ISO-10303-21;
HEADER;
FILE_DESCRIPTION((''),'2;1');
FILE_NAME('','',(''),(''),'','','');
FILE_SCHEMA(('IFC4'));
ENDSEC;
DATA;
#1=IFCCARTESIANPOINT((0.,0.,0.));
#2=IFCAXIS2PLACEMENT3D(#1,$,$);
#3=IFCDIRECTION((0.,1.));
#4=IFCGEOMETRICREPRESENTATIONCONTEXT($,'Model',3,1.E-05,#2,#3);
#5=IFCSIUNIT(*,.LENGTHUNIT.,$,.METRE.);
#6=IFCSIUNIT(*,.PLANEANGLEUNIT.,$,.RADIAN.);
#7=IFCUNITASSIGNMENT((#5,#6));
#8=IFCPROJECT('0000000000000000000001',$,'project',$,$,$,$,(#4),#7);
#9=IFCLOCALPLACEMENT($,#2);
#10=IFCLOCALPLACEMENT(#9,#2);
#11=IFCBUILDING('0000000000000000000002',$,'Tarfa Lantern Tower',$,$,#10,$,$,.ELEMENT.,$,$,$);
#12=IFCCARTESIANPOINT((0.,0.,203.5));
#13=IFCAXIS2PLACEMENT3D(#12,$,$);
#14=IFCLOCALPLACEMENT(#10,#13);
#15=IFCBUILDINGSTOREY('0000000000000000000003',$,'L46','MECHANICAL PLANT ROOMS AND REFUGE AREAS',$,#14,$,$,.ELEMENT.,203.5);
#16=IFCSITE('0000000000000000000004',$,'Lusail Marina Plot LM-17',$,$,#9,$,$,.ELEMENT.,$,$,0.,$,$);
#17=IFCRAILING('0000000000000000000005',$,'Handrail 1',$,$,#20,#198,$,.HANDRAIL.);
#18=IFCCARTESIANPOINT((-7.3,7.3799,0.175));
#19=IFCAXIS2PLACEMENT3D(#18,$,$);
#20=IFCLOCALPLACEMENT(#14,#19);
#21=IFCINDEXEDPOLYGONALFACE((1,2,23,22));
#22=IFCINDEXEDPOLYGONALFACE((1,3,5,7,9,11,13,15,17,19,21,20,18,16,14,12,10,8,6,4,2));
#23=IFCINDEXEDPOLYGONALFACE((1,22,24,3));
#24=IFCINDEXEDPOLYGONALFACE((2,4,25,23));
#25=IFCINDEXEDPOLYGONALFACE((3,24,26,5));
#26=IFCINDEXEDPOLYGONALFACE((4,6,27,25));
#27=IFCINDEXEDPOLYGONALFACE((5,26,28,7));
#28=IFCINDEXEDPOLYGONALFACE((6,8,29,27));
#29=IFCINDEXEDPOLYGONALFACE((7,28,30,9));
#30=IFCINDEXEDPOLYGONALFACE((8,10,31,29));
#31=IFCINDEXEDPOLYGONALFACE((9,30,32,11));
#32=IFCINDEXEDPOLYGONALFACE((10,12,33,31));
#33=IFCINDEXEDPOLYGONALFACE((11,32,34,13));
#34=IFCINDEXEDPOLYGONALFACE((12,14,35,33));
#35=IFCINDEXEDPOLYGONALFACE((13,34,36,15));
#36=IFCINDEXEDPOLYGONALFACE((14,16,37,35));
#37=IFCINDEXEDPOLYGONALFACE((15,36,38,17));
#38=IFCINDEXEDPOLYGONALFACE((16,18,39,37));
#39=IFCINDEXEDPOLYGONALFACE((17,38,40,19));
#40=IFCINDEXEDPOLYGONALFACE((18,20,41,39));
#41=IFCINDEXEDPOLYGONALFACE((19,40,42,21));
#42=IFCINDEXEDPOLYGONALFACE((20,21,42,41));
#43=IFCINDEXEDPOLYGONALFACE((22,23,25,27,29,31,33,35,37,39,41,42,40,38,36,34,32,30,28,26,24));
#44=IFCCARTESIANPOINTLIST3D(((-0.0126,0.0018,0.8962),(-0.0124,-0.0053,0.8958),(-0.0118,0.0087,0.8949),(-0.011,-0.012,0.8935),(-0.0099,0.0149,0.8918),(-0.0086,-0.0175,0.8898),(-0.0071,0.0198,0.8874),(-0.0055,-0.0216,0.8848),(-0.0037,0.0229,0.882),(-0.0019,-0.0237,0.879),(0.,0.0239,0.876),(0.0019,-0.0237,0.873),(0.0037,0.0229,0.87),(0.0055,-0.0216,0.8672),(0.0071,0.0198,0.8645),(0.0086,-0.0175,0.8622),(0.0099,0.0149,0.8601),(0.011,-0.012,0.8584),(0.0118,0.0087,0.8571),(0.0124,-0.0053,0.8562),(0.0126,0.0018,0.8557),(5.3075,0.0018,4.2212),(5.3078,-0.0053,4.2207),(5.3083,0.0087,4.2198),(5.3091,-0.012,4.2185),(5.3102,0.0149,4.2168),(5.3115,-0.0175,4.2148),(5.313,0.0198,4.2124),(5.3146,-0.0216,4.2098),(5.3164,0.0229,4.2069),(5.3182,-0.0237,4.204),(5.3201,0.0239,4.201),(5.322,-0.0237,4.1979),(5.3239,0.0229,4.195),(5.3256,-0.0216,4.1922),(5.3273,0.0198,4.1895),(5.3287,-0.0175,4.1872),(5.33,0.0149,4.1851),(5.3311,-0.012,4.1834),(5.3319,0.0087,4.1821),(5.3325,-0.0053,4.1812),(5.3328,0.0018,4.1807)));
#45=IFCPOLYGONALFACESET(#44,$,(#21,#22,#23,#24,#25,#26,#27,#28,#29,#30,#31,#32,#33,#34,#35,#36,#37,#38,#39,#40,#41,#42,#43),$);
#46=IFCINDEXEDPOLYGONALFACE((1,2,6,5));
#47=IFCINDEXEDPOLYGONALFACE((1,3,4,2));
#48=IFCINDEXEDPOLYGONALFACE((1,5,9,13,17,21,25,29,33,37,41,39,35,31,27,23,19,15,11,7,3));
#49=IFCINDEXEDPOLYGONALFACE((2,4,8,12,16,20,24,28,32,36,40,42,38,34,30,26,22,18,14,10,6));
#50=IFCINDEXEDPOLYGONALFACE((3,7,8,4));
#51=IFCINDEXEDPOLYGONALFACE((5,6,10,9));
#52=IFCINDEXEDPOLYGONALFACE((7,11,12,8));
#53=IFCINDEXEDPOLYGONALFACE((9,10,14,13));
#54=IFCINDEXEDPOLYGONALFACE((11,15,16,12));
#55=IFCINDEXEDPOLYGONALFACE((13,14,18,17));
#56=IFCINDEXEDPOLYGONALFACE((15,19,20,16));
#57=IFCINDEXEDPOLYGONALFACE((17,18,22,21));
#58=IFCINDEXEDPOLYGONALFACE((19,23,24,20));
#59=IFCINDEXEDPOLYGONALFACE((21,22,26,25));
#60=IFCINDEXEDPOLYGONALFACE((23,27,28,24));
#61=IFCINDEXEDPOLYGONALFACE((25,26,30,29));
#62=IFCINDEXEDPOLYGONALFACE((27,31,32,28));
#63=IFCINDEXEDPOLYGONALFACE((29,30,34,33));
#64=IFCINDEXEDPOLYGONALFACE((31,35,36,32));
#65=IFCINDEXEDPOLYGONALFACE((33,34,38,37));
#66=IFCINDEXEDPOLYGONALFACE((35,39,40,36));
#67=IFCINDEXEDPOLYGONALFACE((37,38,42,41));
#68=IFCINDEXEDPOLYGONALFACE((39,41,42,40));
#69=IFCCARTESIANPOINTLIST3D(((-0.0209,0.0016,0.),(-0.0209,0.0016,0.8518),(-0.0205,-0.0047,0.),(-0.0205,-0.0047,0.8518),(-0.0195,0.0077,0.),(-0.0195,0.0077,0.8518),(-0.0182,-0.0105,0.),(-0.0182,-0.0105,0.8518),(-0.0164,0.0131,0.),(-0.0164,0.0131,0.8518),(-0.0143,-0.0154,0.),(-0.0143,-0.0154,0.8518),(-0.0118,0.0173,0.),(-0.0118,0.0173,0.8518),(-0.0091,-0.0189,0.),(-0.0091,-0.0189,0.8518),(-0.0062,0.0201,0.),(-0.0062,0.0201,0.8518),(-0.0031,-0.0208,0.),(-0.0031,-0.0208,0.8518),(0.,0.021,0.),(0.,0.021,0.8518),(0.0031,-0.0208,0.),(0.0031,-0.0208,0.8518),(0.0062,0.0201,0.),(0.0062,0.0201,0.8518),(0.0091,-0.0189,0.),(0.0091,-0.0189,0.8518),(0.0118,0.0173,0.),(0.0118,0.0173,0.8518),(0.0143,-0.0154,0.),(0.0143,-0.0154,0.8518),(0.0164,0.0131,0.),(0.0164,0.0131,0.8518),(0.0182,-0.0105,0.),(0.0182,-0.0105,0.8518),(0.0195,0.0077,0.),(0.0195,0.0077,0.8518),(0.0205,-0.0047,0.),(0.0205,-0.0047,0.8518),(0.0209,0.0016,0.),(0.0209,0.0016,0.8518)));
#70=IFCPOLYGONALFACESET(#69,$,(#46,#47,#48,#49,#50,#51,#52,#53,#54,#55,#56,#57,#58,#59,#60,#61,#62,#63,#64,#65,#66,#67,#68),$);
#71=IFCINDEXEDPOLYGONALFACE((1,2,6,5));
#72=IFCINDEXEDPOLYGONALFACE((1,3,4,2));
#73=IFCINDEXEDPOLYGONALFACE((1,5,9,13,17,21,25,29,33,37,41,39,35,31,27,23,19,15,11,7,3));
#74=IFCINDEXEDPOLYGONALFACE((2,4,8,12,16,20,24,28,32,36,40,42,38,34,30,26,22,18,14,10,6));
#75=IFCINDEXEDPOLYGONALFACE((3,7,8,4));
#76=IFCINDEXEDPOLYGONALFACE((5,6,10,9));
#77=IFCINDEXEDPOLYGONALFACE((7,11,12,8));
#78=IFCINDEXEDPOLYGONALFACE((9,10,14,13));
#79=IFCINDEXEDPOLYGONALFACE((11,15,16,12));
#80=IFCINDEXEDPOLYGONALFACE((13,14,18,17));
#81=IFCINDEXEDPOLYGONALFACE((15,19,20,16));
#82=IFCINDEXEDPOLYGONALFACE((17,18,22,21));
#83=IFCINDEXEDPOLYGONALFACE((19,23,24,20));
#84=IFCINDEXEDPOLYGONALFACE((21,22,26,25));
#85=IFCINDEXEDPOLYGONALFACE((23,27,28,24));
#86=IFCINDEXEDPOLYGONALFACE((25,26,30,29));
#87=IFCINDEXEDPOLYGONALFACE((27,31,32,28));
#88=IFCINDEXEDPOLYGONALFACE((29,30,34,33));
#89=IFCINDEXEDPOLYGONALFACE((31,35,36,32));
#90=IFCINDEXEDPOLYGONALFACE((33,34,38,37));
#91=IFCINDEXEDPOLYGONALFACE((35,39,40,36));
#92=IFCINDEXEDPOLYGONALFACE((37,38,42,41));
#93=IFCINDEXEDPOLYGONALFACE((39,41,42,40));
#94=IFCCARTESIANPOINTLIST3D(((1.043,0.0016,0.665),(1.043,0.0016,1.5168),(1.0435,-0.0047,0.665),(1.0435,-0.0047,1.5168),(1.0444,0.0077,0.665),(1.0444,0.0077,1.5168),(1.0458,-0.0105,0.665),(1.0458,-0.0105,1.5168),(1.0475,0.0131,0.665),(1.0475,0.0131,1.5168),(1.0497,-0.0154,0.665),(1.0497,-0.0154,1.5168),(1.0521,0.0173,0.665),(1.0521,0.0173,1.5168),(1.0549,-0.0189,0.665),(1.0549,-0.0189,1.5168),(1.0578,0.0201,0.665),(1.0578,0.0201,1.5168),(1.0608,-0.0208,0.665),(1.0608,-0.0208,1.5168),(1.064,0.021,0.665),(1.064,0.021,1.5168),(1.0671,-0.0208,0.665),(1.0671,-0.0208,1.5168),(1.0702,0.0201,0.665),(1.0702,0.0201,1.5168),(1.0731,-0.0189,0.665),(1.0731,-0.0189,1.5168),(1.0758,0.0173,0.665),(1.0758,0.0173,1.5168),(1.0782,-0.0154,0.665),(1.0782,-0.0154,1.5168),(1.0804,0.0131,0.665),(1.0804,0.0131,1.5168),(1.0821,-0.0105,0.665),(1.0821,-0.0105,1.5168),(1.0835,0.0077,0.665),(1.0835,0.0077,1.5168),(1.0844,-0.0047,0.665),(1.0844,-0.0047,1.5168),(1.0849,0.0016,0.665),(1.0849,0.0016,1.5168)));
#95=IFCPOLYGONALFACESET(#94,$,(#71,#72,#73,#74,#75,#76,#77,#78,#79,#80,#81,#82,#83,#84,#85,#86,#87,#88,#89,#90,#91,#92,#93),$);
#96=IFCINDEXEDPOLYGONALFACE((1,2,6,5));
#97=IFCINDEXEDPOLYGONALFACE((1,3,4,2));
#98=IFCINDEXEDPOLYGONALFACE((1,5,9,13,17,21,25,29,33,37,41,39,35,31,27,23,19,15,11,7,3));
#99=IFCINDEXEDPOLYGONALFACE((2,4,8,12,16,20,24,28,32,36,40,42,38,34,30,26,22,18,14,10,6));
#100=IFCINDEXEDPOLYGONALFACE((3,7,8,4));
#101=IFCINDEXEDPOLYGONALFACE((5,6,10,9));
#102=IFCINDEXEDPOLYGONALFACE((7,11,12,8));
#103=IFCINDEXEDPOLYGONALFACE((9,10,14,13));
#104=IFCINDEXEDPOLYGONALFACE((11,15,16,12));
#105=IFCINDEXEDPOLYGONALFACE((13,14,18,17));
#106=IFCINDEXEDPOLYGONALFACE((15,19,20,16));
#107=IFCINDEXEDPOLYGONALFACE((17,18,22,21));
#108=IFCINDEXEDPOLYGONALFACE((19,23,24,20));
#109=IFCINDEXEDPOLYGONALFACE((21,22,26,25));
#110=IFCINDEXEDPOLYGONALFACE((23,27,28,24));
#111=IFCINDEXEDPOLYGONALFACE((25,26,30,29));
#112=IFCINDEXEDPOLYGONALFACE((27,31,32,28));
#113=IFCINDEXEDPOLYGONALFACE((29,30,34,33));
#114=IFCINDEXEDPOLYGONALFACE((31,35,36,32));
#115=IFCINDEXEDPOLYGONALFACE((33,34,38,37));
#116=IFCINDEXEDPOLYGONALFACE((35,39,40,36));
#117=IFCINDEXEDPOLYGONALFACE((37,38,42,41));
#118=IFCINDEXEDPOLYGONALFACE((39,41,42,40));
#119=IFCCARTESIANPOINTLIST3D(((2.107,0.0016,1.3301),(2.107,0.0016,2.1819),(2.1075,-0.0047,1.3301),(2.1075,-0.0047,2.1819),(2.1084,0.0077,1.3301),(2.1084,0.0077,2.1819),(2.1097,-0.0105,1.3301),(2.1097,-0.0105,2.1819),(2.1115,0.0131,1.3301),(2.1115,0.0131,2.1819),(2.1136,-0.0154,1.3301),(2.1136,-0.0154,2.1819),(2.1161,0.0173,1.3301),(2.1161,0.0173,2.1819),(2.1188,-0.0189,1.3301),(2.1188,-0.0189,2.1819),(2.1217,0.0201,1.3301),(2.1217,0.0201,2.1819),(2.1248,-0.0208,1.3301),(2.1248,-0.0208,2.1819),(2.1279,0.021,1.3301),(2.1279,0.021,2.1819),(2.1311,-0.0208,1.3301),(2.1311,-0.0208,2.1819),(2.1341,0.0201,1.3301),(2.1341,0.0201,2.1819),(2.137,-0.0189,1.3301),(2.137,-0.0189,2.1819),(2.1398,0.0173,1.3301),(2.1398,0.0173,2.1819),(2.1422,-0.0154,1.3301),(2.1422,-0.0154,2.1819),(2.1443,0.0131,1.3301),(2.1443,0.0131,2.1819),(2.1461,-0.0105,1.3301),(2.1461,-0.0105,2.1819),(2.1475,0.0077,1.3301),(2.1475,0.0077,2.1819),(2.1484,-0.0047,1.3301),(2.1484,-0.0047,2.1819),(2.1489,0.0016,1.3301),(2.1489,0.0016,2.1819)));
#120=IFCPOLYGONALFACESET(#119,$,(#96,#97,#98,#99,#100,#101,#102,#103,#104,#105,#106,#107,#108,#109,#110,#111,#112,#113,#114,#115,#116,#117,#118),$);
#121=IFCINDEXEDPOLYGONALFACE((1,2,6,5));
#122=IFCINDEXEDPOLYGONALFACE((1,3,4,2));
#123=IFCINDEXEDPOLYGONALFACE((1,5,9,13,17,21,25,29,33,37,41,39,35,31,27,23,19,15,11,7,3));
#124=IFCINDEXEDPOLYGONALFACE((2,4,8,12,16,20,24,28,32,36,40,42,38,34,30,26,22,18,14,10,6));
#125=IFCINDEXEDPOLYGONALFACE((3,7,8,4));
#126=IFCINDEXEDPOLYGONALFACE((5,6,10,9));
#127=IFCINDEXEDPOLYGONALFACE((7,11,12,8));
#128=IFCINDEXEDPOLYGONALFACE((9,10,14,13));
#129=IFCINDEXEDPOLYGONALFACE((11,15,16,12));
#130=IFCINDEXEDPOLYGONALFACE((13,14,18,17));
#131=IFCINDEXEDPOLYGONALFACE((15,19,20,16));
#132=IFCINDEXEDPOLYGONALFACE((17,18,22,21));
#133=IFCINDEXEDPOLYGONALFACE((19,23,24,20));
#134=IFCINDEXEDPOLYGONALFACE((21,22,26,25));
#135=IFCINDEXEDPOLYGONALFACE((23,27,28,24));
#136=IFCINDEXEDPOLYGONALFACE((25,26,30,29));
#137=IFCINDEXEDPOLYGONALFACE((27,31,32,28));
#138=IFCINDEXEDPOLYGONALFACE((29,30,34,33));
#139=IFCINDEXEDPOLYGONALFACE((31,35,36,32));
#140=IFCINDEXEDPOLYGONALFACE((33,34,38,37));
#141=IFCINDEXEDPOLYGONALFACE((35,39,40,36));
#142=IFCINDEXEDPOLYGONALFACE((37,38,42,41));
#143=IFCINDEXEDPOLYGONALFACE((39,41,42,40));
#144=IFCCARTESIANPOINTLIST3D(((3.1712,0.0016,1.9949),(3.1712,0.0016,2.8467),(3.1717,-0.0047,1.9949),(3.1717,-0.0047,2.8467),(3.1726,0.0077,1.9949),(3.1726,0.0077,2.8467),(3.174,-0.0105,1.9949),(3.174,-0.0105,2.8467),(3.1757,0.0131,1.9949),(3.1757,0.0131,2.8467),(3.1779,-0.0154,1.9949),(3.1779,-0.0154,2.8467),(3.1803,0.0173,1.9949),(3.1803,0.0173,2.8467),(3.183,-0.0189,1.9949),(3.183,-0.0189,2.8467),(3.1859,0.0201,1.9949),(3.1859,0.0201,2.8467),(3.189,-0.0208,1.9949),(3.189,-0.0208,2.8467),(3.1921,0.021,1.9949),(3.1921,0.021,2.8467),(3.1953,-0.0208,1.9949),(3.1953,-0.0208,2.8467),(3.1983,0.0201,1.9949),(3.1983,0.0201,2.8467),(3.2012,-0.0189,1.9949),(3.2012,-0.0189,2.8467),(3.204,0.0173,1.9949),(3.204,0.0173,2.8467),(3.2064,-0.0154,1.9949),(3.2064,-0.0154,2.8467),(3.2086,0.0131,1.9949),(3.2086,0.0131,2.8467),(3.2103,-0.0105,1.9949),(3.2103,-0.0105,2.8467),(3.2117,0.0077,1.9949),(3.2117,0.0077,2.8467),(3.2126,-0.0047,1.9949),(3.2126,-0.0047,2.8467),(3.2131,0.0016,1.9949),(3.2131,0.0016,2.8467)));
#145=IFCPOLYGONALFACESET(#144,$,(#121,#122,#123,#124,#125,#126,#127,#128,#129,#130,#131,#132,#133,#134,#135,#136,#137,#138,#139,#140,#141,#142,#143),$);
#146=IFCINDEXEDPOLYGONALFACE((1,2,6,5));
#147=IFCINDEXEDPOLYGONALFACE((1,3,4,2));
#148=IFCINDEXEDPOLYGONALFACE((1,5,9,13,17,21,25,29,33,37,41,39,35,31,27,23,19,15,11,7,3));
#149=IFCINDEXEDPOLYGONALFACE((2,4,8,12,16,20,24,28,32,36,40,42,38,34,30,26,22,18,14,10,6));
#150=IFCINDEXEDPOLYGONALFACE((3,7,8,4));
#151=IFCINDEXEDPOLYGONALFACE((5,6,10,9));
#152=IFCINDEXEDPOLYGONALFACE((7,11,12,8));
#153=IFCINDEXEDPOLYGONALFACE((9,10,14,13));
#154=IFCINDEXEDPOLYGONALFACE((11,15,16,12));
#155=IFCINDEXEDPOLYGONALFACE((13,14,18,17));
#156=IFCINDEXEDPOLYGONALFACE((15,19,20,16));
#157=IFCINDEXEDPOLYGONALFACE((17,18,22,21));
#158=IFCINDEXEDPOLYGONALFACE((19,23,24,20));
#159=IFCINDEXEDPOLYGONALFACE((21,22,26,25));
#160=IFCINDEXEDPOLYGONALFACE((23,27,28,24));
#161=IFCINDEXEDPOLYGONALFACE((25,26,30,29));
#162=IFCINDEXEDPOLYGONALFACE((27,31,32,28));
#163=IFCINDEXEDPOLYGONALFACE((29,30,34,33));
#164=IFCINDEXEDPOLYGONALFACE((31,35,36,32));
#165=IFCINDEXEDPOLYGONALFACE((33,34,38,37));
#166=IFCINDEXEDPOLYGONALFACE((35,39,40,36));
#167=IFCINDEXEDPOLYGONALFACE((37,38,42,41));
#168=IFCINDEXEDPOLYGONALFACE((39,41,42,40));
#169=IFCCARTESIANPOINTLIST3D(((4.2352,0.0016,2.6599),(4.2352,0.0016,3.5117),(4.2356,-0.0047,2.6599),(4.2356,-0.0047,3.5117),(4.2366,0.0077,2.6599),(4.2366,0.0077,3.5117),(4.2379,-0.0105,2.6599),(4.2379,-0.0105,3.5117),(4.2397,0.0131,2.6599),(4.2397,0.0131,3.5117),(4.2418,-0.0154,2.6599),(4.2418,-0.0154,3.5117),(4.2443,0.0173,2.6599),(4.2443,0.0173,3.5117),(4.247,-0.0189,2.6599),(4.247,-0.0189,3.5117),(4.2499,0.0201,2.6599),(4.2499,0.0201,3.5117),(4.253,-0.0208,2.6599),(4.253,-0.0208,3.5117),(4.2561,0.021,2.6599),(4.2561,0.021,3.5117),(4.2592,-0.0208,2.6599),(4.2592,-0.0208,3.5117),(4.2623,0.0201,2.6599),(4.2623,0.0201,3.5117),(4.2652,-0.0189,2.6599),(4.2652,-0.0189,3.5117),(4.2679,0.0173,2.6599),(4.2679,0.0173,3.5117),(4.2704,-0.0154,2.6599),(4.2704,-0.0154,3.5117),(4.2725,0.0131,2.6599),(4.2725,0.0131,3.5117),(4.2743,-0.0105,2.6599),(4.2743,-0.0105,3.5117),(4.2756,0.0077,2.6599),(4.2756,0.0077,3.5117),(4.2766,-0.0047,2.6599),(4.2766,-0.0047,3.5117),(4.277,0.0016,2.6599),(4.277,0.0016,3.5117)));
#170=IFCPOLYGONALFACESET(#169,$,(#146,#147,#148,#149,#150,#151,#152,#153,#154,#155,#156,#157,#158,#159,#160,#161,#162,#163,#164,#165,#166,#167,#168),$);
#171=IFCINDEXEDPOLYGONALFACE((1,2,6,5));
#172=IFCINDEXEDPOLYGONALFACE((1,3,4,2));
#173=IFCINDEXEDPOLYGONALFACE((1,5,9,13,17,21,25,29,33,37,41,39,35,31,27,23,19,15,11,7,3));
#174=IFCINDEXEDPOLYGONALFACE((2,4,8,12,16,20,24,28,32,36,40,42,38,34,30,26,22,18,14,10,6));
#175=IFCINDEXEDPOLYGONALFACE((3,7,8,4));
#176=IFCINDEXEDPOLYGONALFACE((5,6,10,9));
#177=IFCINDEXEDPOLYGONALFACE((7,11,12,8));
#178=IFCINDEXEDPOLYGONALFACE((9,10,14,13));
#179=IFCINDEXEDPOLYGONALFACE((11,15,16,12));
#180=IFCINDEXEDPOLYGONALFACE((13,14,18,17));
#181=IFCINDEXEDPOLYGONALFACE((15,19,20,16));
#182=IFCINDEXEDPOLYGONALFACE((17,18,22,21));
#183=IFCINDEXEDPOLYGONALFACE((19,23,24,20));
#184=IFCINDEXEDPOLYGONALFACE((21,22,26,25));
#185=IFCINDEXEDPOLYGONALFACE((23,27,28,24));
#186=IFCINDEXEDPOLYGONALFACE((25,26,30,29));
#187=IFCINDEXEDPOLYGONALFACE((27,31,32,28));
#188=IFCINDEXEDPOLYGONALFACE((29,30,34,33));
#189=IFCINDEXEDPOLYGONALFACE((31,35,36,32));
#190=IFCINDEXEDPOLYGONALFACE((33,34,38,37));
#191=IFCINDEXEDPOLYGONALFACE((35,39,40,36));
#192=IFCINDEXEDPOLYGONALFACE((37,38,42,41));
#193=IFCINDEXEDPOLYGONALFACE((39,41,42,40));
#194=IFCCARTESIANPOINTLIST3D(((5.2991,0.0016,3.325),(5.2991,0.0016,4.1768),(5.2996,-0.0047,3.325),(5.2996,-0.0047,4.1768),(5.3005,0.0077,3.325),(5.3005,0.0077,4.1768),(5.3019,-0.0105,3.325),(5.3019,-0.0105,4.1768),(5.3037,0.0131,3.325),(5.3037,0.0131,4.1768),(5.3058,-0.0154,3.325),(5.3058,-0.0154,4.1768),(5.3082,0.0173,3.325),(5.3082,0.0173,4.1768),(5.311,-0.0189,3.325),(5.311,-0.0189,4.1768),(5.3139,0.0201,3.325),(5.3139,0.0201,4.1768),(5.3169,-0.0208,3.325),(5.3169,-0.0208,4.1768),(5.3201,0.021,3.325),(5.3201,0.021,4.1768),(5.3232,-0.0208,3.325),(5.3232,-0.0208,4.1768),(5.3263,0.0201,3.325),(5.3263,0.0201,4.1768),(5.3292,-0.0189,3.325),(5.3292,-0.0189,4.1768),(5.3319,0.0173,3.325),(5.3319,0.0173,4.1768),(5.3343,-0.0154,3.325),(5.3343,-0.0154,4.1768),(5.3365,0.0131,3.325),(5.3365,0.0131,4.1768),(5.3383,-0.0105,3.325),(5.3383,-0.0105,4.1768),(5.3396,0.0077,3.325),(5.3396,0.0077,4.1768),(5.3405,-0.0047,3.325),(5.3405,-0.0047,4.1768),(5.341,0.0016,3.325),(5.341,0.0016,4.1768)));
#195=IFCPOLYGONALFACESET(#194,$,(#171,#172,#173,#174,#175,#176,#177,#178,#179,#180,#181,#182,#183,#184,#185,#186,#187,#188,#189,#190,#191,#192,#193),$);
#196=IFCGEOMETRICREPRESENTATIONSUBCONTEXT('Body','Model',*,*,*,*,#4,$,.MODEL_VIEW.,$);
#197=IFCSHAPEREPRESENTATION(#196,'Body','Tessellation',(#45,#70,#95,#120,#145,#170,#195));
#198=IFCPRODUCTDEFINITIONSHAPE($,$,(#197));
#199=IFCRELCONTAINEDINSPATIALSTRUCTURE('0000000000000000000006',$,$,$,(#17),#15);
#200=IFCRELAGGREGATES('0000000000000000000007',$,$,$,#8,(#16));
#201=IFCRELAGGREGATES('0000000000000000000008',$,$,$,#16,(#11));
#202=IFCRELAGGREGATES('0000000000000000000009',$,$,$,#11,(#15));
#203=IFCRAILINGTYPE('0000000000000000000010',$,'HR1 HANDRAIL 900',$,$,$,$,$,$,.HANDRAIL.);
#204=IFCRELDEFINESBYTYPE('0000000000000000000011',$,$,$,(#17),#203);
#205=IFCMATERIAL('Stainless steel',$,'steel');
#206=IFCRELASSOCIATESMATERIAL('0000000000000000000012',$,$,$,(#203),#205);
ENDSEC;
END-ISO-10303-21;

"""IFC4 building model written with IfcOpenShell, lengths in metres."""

from ifc_helpers import new_model, si_unit, direction, frame, origin, origin_2d, place, context, subcontext, project, spatial, circle, extrude, material, type_object, element, save


model = new_model("IFC4")

# Units and contexts
model_context = context("Model", 3, precision=1e-05, world=origin(), true_north=direction((0.0, 1.0)))
body_context = subcontext(model_context, "Body", "Model", "MODEL_VIEW")
ifc_project = project(units=[si_unit("LENGTHUNIT", "METRE"), si_unit("PLANEANGLEUNIT", "RADIAN")], contexts=[model_context])

# Site, building, storey
site_placement = place(None, origin())
site = spatial("IfcSite", under=ifc_project, at=site_placement, Name="Lusail Marina Plot LM-17", CompositionType="ELEMENT", RefElevation=0.0)
building_placement = place(site_placement, origin())
building = spatial("IfcBuilding", under=site, at=building_placement, Name="Tarfa Lantern Tower", CompositionType="ELEMENT")
storey_placement = place(building_placement, frame((0.0, 0.0, 203.5)))
storey = spatial("IfcBuildingStorey", under=building, at=storey_placement, Name="L46", Description="MECHANICAL PLANT ROOMS AND REFUGE AREAS", CompositionType="ELEMENT", Elevation=203.5)

# Railing
ifc_material_1 = material(Name="Stainless steel", Category="steel")
railing_type = type_object("IfcRailingType", Name="HR1 HANDRAIL 900", PredefinedType="HANDRAIL", material=ifc_material_1)
railing_1_placement = place(storey_placement, frame((-7.3, 7.3799, 0.175)))
element("IfcRailing", 1, at=railing_1_placement, inside=storey, type_object=railing_type, Name="Handrail 1", PredefinedType="HANDRAIL", context=body_context, shape_type="SweptSolid", body=[
    extrude(circle(Radius=0.0239, at=origin_2d()), frame((0.0, 0.0, 0.876), z_axis=(0.848005, 0.0, 0.529988), x_axis=(0.0, 1.0, 0.0)), (0.0, 0.0, 1.0), 6.2737),
    extrude(circle(Radius=0.021, at=origin_2d()), frame((0.0, 0.0, 0.0), z_axis=(0.0, 0.0, 1.0), x_axis=(0.0, 1.0, 0.0)), (0.0, 0.0, 1.0), 0.8518),
    extrude(circle(Radius=0.021, at=origin_2d()), frame((1.064, 0.0, 0.665), z_axis=(0.0, 0.0, 1.0), x_axis=(0.0, 1.0, 0.0)), (0.0, 0.0, 1.0), 0.8518),
    extrude(circle(Radius=0.021, at=origin_2d()), frame((2.1279, 0.0, 1.3301), z_axis=(0.0, 0.0, 1.0), x_axis=(0.0, 1.0, 0.0)), (0.0, 0.0, 1.0), 0.8518),
    extrude(circle(Radius=0.021, at=origin_2d()), frame((3.1921, 0.0, 1.9949), z_axis=(0.0, 0.0, 1.0), x_axis=(0.0, 1.0, 0.0)), (0.0, 0.0, 1.0), 0.8518),
    extrude(circle(Radius=0.021, at=origin_2d()), frame((4.2561, 0.0, 2.6599), z_axis=(0.0, 0.0, 1.0), x_axis=(0.0, 1.0, 0.0)), (0.0, 0.0, 1.0), 0.8518),
    extrude(circle(Radius=0.021, at=origin_2d()), frame((5.3201, 0.0, 3.325), z_axis=(0.0, 0.0, 1.0), x_axis=(0.0, 1.0, 0.0)), (0.0, 0.0, 1.0), 0.8518),
])

save(model, "model.ifc")
